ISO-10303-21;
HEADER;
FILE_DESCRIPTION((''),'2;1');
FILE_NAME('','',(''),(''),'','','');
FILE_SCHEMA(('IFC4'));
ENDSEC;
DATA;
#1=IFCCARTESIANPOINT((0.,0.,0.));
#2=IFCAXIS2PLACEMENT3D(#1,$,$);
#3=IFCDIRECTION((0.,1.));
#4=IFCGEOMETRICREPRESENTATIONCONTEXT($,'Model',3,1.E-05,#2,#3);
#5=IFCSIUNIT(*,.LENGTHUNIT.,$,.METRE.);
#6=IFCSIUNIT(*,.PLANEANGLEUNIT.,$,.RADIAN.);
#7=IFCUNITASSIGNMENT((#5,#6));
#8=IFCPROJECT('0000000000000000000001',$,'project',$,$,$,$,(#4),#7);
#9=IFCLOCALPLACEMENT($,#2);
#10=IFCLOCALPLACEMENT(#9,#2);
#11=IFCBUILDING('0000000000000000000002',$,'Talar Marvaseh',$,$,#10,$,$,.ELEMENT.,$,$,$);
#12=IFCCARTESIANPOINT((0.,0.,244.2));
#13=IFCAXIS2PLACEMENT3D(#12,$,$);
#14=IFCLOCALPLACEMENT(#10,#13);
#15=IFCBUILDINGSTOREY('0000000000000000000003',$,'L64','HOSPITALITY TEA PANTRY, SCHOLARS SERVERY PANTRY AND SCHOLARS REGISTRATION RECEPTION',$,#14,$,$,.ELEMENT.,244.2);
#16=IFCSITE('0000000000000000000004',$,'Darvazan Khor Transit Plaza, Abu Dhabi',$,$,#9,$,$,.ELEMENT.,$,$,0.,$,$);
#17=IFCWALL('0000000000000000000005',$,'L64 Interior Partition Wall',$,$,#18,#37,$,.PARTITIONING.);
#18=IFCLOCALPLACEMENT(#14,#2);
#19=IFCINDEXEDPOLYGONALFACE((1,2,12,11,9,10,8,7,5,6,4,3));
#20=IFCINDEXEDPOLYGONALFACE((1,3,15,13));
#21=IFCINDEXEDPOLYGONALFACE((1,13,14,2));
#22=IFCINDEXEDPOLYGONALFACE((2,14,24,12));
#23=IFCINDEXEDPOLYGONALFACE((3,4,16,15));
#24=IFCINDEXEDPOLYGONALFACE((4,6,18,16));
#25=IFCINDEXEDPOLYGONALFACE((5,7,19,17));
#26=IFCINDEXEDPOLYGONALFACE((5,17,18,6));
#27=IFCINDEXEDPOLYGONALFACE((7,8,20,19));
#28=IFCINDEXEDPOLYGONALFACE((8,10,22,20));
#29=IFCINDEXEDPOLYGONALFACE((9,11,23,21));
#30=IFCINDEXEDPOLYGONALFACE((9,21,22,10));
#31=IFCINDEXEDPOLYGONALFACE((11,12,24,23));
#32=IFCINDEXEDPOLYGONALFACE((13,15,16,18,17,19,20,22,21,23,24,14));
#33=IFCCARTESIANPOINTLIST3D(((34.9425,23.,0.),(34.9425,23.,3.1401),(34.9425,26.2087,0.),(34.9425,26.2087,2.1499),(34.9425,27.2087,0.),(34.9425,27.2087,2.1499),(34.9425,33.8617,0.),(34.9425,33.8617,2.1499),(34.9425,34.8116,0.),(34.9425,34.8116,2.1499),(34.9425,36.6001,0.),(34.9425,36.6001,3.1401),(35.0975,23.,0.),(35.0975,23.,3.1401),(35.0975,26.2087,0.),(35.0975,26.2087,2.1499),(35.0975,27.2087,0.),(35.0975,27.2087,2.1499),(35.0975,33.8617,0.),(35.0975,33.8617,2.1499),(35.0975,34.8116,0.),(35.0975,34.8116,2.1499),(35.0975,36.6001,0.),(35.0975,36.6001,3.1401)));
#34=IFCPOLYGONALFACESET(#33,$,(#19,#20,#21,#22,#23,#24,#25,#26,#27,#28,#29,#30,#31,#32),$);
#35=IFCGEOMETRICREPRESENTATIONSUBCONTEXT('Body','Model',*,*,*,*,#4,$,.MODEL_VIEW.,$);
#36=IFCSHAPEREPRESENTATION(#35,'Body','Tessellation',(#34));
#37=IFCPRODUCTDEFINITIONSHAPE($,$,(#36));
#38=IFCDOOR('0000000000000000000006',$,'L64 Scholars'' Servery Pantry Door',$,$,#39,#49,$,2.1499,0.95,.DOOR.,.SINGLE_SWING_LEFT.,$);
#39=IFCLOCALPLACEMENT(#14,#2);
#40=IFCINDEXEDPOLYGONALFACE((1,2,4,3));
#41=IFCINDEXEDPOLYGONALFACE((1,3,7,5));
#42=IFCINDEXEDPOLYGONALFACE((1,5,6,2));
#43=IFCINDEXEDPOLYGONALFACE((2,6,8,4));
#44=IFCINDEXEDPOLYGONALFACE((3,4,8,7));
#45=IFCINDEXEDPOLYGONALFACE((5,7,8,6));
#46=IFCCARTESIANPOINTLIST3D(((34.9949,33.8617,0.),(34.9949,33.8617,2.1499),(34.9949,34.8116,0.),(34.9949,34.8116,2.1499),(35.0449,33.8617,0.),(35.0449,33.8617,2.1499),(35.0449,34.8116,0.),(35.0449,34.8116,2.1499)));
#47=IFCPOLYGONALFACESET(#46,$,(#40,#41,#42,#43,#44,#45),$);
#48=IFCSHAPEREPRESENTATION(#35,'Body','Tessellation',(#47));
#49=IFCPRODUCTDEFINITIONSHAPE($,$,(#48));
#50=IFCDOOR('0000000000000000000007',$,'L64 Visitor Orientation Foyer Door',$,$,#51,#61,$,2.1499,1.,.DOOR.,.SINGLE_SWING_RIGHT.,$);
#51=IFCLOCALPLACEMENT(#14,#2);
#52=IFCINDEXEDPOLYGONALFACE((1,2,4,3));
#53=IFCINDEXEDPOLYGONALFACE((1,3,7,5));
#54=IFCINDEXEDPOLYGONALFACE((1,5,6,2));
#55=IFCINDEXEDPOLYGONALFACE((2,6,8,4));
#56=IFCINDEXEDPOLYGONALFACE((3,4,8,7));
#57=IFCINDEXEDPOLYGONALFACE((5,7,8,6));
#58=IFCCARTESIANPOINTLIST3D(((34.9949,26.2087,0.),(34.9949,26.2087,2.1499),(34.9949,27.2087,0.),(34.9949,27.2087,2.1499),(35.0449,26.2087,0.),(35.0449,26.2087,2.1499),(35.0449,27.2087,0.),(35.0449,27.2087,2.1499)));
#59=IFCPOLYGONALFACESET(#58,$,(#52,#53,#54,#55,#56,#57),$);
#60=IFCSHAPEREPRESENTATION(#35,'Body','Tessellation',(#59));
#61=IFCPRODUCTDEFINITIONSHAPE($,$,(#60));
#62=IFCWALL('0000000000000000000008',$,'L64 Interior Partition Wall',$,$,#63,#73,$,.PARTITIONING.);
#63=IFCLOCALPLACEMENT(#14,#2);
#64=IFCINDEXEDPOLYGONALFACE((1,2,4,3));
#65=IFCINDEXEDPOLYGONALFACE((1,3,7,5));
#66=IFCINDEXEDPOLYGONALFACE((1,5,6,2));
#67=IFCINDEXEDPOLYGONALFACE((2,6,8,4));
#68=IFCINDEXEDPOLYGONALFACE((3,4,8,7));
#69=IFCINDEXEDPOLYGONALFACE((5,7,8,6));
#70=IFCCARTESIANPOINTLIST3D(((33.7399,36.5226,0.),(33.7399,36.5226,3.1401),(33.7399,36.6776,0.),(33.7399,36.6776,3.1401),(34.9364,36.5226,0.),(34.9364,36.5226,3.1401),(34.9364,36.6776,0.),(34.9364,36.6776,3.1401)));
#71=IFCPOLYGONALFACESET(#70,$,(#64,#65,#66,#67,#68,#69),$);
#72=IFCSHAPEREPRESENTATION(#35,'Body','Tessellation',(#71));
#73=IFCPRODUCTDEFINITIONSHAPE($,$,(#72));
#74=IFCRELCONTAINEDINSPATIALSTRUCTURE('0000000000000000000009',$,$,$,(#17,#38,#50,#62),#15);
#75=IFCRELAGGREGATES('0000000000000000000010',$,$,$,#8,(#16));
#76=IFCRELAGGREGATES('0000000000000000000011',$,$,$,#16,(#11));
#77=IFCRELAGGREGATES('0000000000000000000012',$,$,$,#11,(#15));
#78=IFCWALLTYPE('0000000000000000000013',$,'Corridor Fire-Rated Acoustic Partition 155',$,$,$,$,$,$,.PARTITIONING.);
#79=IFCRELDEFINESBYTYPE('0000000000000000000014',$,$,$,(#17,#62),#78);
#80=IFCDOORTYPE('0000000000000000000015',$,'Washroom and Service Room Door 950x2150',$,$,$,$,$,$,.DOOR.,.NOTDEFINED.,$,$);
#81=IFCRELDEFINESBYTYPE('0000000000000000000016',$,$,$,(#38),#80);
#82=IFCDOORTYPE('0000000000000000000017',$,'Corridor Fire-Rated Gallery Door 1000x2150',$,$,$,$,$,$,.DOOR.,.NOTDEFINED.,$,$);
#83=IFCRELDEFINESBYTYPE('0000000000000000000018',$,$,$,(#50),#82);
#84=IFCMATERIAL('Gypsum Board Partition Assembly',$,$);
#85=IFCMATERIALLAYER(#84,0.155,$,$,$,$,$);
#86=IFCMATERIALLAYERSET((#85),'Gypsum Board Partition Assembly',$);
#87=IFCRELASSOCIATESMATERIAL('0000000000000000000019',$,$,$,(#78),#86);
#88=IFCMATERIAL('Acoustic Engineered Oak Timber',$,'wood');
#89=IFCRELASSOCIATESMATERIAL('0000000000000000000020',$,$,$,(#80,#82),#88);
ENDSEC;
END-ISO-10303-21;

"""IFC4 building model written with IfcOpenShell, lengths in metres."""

from ifc_helpers import new_model, si_unit, direction, frame, frame_2d, origin, place, context, subcontext, project, spatial, rectangle, extrude, source, transform, mapped, material, layer, layer_set, type_object, type_shapes, element, fill, save


model = new_model("IFC4")

# Units and contexts
model_context = context("Model", 3, precision=1e-05, world=origin(), true_north=direction((0.0, 1.0)))
body_context = subcontext(model_context, "Body", "Model", "MODEL_VIEW")
ifc_project = project(units=[si_unit("LENGTHUNIT", "METRE"), si_unit("PLANEANGLEUNIT", "RADIAN")], contexts=[model_context])

# Site, building, storey
site_placement = place(None, origin())
site = spatial("IfcSite", under=ifc_project, at=site_placement, Name="Darvazan Khor Transit Plaza, Abu Dhabi", CompositionType="ELEMENT", RefElevation=0.0)
building_placement = place(site_placement, origin())
building = spatial("IfcBuilding", under=site, at=building_placement, Name="Talar Marvaseh", CompositionType="ELEMENT")
storey_placement = place(building_placement, frame((0.0, 0.0, 244.2)))
storey = spatial("IfcBuildingStorey", under=building, at=storey_placement, Name="L64", Description="HOSPITALITY TEA PANTRY, SCHOLARS SERVERY PANTRY AND SCHOLARS REGISTRATION RECEPTION", CompositionType="ELEMENT", Elevation=244.2)

# Wall, openings, doors
ifc_material_1 = material(Name="Gypsum Board Partition Assembly")
ifc_layer_1 = layer(ifc_material_1, 0.155)
ifc_layer_set_1 = layer_set([ifc_layer_1], Name="Gypsum Board Partition Assembly")
wall_type_1 = type_object("IfcWallType", Name="Corridor Fire-Rated Acoustic Partition 155", PredefinedType="PARTITIONING", material=ifc_layer_set_1)
wall_1_placement = place(storey_placement, frame((35.02, 36.6001, 0.0), z_axis=(0.0, 0.0, 1.0), x_axis=(0.0, -1.0, 0.0)))
wall_1 = element("IfcWall", 1, at=wall_1_placement, inside=storey, type_object=wall_type_1, Name="L64 Interior Partition Wall", PredefinedType="PARTITIONING", context=body_context, shape_type="SweptSolid", body=[
    extrude(rectangle(XDim=13.6001, YDim=0.155, at=frame_2d((6.8, 0.0))), origin(), (0.0, 0.0, 1.0), 3.1401),
])
opening_1_placement = place(wall_1_placement, frame((9.3914, 0.0, 0.0)))
opening_1 = element("IfcOpeningElement", 2, at=opening_1_placement, cuts=wall_1, PredefinedType="OPENING", context=body_context, shape_type="SweptSolid", body=[
    extrude(rectangle(XDim=1.0, YDim=2.1499, at=frame_2d((0.5, 1.075))), frame((0.0, 0.0874, 0.0), z_axis=(0.0, -1.0, 0.0), x_axis=(1.0, 0.0, 0.0)), (0.0, 0.0, 1.0), 0.175),
])
opening_2_placement = place(wall_1_placement, frame((1.7883, 0.0, 0.0)))
opening_2 = element("IfcOpeningElement", 3, at=opening_2_placement, cuts=wall_1, PredefinedType="OPENING", context=body_context, shape_type="SweptSolid", body=[
    extrude(rectangle(XDim=0.95, YDim=2.1499, at=frame_2d((0.4751, 1.075))), frame((0.0, 0.0874, 0.0), z_axis=(0.0, -1.0, 0.0), x_axis=(1.0, 0.0, 0.0)), (0.0, 0.0, 1.0), 0.175),
])
ifc_material_2 = material(Name="Acoustic Engineered Oak Timber", Category="wood")
door_type_1 = type_object("IfcDoorType", Name="Washroom and Service Room Door 950x2150", OperationType="NOTDEFINED", PredefinedType="DOOR", material=ifc_material_2)
shared_shape_1 = source(origin(), body_context, "Body", "SweptSolid", [
    extrude(rectangle(XDim=0.95, YDim=2.1499, at=frame_2d((0.4751, 1.075))), frame((0.0, 0.0249, 0.0), z_axis=(0.0, -1.0, 0.0), x_axis=(1.0, 0.0, 0.0)), (0.0, 0.0, 1.0), 0.05),
])
type_shapes(door_type_1, [shared_shape_1])
door_1_placement = place(opening_2_placement, origin())
door_1 = element("IfcDoor", 4, at=door_1_placement, inside=storey, type_object=door_type_1, Name="L64 Scholars' Servery Pantry Door", OperationType="SINGLE_SWING_LEFT", OverallHeight=2.1499, OverallWidth=0.95, PredefinedType="DOOR", context=body_context, shape_type="MappedRepresentation", body=[
    mapped(shared_shape_1, transform((0.0, 0.0, 0.0), x_axis=(1.0, 0.0, 0.0), y_axis=(0.0, 1.0, 0.0), z_axis=(0.0, 0.0, 1.0), scale=1.0)),
])
fill(opening_2, door_1)
door_type_2 = type_object("IfcDoorType", Name="Corridor Fire-Rated Gallery Door 1000x2150", OperationType="NOTDEFINED", PredefinedType="DOOR", material=ifc_material_2)
shared_shape_2 = source(origin(), body_context, "Body", "SweptSolid", [
    extrude(rectangle(XDim=1.0, YDim=2.1499, at=frame_2d((0.5, 1.075))), frame((0.0, 0.0249, 0.0), z_axis=(0.0, -1.0, 0.0), x_axis=(1.0, 0.0, 0.0)), (0.0, 0.0, 1.0), 0.05),
])
type_shapes(door_type_2, [shared_shape_2])
door_2_placement = place(opening_1_placement, origin())
door_2 = element("IfcDoor", 5, at=door_2_placement, inside=storey, type_object=door_type_2, Name="L64 Visitor Orientation Foyer Door", OperationType="SINGLE_SWING_RIGHT", OverallHeight=2.1499, OverallWidth=1.0, PredefinedType="DOOR", context=body_context, shape_type="MappedRepresentation", body=[
    mapped(shared_shape_2, transform((0.0, 0.0, 0.0), x_axis=(1.0, 0.0, 0.0), y_axis=(0.0, 1.0, 0.0), z_axis=(0.0, 0.0, 1.0), scale=1.0)),
])
fill(opening_1, door_2)

# Wall
wall_2_placement = place(storey_placement, frame((33.74, 36.6001, 0.0), z_axis=(0.0, 0.0, 1.0), x_axis=(1.0, 0.0, 0.0)))
element("IfcWall", 6, at=wall_2_placement, inside=storey, type_object=wall_type_1, Name="L64 Interior Partition Wall", PredefinedType="PARTITIONING", context=body_context, shape_type="SweptSolid", body=[
    extrude(rectangle(XDim=1.1965, YDim=0.155, at=frame_2d((0.5981, 0.0))), origin(), (0.0, 0.0, 1.0), 3.1401),
])

save(model, "model.ifc")
